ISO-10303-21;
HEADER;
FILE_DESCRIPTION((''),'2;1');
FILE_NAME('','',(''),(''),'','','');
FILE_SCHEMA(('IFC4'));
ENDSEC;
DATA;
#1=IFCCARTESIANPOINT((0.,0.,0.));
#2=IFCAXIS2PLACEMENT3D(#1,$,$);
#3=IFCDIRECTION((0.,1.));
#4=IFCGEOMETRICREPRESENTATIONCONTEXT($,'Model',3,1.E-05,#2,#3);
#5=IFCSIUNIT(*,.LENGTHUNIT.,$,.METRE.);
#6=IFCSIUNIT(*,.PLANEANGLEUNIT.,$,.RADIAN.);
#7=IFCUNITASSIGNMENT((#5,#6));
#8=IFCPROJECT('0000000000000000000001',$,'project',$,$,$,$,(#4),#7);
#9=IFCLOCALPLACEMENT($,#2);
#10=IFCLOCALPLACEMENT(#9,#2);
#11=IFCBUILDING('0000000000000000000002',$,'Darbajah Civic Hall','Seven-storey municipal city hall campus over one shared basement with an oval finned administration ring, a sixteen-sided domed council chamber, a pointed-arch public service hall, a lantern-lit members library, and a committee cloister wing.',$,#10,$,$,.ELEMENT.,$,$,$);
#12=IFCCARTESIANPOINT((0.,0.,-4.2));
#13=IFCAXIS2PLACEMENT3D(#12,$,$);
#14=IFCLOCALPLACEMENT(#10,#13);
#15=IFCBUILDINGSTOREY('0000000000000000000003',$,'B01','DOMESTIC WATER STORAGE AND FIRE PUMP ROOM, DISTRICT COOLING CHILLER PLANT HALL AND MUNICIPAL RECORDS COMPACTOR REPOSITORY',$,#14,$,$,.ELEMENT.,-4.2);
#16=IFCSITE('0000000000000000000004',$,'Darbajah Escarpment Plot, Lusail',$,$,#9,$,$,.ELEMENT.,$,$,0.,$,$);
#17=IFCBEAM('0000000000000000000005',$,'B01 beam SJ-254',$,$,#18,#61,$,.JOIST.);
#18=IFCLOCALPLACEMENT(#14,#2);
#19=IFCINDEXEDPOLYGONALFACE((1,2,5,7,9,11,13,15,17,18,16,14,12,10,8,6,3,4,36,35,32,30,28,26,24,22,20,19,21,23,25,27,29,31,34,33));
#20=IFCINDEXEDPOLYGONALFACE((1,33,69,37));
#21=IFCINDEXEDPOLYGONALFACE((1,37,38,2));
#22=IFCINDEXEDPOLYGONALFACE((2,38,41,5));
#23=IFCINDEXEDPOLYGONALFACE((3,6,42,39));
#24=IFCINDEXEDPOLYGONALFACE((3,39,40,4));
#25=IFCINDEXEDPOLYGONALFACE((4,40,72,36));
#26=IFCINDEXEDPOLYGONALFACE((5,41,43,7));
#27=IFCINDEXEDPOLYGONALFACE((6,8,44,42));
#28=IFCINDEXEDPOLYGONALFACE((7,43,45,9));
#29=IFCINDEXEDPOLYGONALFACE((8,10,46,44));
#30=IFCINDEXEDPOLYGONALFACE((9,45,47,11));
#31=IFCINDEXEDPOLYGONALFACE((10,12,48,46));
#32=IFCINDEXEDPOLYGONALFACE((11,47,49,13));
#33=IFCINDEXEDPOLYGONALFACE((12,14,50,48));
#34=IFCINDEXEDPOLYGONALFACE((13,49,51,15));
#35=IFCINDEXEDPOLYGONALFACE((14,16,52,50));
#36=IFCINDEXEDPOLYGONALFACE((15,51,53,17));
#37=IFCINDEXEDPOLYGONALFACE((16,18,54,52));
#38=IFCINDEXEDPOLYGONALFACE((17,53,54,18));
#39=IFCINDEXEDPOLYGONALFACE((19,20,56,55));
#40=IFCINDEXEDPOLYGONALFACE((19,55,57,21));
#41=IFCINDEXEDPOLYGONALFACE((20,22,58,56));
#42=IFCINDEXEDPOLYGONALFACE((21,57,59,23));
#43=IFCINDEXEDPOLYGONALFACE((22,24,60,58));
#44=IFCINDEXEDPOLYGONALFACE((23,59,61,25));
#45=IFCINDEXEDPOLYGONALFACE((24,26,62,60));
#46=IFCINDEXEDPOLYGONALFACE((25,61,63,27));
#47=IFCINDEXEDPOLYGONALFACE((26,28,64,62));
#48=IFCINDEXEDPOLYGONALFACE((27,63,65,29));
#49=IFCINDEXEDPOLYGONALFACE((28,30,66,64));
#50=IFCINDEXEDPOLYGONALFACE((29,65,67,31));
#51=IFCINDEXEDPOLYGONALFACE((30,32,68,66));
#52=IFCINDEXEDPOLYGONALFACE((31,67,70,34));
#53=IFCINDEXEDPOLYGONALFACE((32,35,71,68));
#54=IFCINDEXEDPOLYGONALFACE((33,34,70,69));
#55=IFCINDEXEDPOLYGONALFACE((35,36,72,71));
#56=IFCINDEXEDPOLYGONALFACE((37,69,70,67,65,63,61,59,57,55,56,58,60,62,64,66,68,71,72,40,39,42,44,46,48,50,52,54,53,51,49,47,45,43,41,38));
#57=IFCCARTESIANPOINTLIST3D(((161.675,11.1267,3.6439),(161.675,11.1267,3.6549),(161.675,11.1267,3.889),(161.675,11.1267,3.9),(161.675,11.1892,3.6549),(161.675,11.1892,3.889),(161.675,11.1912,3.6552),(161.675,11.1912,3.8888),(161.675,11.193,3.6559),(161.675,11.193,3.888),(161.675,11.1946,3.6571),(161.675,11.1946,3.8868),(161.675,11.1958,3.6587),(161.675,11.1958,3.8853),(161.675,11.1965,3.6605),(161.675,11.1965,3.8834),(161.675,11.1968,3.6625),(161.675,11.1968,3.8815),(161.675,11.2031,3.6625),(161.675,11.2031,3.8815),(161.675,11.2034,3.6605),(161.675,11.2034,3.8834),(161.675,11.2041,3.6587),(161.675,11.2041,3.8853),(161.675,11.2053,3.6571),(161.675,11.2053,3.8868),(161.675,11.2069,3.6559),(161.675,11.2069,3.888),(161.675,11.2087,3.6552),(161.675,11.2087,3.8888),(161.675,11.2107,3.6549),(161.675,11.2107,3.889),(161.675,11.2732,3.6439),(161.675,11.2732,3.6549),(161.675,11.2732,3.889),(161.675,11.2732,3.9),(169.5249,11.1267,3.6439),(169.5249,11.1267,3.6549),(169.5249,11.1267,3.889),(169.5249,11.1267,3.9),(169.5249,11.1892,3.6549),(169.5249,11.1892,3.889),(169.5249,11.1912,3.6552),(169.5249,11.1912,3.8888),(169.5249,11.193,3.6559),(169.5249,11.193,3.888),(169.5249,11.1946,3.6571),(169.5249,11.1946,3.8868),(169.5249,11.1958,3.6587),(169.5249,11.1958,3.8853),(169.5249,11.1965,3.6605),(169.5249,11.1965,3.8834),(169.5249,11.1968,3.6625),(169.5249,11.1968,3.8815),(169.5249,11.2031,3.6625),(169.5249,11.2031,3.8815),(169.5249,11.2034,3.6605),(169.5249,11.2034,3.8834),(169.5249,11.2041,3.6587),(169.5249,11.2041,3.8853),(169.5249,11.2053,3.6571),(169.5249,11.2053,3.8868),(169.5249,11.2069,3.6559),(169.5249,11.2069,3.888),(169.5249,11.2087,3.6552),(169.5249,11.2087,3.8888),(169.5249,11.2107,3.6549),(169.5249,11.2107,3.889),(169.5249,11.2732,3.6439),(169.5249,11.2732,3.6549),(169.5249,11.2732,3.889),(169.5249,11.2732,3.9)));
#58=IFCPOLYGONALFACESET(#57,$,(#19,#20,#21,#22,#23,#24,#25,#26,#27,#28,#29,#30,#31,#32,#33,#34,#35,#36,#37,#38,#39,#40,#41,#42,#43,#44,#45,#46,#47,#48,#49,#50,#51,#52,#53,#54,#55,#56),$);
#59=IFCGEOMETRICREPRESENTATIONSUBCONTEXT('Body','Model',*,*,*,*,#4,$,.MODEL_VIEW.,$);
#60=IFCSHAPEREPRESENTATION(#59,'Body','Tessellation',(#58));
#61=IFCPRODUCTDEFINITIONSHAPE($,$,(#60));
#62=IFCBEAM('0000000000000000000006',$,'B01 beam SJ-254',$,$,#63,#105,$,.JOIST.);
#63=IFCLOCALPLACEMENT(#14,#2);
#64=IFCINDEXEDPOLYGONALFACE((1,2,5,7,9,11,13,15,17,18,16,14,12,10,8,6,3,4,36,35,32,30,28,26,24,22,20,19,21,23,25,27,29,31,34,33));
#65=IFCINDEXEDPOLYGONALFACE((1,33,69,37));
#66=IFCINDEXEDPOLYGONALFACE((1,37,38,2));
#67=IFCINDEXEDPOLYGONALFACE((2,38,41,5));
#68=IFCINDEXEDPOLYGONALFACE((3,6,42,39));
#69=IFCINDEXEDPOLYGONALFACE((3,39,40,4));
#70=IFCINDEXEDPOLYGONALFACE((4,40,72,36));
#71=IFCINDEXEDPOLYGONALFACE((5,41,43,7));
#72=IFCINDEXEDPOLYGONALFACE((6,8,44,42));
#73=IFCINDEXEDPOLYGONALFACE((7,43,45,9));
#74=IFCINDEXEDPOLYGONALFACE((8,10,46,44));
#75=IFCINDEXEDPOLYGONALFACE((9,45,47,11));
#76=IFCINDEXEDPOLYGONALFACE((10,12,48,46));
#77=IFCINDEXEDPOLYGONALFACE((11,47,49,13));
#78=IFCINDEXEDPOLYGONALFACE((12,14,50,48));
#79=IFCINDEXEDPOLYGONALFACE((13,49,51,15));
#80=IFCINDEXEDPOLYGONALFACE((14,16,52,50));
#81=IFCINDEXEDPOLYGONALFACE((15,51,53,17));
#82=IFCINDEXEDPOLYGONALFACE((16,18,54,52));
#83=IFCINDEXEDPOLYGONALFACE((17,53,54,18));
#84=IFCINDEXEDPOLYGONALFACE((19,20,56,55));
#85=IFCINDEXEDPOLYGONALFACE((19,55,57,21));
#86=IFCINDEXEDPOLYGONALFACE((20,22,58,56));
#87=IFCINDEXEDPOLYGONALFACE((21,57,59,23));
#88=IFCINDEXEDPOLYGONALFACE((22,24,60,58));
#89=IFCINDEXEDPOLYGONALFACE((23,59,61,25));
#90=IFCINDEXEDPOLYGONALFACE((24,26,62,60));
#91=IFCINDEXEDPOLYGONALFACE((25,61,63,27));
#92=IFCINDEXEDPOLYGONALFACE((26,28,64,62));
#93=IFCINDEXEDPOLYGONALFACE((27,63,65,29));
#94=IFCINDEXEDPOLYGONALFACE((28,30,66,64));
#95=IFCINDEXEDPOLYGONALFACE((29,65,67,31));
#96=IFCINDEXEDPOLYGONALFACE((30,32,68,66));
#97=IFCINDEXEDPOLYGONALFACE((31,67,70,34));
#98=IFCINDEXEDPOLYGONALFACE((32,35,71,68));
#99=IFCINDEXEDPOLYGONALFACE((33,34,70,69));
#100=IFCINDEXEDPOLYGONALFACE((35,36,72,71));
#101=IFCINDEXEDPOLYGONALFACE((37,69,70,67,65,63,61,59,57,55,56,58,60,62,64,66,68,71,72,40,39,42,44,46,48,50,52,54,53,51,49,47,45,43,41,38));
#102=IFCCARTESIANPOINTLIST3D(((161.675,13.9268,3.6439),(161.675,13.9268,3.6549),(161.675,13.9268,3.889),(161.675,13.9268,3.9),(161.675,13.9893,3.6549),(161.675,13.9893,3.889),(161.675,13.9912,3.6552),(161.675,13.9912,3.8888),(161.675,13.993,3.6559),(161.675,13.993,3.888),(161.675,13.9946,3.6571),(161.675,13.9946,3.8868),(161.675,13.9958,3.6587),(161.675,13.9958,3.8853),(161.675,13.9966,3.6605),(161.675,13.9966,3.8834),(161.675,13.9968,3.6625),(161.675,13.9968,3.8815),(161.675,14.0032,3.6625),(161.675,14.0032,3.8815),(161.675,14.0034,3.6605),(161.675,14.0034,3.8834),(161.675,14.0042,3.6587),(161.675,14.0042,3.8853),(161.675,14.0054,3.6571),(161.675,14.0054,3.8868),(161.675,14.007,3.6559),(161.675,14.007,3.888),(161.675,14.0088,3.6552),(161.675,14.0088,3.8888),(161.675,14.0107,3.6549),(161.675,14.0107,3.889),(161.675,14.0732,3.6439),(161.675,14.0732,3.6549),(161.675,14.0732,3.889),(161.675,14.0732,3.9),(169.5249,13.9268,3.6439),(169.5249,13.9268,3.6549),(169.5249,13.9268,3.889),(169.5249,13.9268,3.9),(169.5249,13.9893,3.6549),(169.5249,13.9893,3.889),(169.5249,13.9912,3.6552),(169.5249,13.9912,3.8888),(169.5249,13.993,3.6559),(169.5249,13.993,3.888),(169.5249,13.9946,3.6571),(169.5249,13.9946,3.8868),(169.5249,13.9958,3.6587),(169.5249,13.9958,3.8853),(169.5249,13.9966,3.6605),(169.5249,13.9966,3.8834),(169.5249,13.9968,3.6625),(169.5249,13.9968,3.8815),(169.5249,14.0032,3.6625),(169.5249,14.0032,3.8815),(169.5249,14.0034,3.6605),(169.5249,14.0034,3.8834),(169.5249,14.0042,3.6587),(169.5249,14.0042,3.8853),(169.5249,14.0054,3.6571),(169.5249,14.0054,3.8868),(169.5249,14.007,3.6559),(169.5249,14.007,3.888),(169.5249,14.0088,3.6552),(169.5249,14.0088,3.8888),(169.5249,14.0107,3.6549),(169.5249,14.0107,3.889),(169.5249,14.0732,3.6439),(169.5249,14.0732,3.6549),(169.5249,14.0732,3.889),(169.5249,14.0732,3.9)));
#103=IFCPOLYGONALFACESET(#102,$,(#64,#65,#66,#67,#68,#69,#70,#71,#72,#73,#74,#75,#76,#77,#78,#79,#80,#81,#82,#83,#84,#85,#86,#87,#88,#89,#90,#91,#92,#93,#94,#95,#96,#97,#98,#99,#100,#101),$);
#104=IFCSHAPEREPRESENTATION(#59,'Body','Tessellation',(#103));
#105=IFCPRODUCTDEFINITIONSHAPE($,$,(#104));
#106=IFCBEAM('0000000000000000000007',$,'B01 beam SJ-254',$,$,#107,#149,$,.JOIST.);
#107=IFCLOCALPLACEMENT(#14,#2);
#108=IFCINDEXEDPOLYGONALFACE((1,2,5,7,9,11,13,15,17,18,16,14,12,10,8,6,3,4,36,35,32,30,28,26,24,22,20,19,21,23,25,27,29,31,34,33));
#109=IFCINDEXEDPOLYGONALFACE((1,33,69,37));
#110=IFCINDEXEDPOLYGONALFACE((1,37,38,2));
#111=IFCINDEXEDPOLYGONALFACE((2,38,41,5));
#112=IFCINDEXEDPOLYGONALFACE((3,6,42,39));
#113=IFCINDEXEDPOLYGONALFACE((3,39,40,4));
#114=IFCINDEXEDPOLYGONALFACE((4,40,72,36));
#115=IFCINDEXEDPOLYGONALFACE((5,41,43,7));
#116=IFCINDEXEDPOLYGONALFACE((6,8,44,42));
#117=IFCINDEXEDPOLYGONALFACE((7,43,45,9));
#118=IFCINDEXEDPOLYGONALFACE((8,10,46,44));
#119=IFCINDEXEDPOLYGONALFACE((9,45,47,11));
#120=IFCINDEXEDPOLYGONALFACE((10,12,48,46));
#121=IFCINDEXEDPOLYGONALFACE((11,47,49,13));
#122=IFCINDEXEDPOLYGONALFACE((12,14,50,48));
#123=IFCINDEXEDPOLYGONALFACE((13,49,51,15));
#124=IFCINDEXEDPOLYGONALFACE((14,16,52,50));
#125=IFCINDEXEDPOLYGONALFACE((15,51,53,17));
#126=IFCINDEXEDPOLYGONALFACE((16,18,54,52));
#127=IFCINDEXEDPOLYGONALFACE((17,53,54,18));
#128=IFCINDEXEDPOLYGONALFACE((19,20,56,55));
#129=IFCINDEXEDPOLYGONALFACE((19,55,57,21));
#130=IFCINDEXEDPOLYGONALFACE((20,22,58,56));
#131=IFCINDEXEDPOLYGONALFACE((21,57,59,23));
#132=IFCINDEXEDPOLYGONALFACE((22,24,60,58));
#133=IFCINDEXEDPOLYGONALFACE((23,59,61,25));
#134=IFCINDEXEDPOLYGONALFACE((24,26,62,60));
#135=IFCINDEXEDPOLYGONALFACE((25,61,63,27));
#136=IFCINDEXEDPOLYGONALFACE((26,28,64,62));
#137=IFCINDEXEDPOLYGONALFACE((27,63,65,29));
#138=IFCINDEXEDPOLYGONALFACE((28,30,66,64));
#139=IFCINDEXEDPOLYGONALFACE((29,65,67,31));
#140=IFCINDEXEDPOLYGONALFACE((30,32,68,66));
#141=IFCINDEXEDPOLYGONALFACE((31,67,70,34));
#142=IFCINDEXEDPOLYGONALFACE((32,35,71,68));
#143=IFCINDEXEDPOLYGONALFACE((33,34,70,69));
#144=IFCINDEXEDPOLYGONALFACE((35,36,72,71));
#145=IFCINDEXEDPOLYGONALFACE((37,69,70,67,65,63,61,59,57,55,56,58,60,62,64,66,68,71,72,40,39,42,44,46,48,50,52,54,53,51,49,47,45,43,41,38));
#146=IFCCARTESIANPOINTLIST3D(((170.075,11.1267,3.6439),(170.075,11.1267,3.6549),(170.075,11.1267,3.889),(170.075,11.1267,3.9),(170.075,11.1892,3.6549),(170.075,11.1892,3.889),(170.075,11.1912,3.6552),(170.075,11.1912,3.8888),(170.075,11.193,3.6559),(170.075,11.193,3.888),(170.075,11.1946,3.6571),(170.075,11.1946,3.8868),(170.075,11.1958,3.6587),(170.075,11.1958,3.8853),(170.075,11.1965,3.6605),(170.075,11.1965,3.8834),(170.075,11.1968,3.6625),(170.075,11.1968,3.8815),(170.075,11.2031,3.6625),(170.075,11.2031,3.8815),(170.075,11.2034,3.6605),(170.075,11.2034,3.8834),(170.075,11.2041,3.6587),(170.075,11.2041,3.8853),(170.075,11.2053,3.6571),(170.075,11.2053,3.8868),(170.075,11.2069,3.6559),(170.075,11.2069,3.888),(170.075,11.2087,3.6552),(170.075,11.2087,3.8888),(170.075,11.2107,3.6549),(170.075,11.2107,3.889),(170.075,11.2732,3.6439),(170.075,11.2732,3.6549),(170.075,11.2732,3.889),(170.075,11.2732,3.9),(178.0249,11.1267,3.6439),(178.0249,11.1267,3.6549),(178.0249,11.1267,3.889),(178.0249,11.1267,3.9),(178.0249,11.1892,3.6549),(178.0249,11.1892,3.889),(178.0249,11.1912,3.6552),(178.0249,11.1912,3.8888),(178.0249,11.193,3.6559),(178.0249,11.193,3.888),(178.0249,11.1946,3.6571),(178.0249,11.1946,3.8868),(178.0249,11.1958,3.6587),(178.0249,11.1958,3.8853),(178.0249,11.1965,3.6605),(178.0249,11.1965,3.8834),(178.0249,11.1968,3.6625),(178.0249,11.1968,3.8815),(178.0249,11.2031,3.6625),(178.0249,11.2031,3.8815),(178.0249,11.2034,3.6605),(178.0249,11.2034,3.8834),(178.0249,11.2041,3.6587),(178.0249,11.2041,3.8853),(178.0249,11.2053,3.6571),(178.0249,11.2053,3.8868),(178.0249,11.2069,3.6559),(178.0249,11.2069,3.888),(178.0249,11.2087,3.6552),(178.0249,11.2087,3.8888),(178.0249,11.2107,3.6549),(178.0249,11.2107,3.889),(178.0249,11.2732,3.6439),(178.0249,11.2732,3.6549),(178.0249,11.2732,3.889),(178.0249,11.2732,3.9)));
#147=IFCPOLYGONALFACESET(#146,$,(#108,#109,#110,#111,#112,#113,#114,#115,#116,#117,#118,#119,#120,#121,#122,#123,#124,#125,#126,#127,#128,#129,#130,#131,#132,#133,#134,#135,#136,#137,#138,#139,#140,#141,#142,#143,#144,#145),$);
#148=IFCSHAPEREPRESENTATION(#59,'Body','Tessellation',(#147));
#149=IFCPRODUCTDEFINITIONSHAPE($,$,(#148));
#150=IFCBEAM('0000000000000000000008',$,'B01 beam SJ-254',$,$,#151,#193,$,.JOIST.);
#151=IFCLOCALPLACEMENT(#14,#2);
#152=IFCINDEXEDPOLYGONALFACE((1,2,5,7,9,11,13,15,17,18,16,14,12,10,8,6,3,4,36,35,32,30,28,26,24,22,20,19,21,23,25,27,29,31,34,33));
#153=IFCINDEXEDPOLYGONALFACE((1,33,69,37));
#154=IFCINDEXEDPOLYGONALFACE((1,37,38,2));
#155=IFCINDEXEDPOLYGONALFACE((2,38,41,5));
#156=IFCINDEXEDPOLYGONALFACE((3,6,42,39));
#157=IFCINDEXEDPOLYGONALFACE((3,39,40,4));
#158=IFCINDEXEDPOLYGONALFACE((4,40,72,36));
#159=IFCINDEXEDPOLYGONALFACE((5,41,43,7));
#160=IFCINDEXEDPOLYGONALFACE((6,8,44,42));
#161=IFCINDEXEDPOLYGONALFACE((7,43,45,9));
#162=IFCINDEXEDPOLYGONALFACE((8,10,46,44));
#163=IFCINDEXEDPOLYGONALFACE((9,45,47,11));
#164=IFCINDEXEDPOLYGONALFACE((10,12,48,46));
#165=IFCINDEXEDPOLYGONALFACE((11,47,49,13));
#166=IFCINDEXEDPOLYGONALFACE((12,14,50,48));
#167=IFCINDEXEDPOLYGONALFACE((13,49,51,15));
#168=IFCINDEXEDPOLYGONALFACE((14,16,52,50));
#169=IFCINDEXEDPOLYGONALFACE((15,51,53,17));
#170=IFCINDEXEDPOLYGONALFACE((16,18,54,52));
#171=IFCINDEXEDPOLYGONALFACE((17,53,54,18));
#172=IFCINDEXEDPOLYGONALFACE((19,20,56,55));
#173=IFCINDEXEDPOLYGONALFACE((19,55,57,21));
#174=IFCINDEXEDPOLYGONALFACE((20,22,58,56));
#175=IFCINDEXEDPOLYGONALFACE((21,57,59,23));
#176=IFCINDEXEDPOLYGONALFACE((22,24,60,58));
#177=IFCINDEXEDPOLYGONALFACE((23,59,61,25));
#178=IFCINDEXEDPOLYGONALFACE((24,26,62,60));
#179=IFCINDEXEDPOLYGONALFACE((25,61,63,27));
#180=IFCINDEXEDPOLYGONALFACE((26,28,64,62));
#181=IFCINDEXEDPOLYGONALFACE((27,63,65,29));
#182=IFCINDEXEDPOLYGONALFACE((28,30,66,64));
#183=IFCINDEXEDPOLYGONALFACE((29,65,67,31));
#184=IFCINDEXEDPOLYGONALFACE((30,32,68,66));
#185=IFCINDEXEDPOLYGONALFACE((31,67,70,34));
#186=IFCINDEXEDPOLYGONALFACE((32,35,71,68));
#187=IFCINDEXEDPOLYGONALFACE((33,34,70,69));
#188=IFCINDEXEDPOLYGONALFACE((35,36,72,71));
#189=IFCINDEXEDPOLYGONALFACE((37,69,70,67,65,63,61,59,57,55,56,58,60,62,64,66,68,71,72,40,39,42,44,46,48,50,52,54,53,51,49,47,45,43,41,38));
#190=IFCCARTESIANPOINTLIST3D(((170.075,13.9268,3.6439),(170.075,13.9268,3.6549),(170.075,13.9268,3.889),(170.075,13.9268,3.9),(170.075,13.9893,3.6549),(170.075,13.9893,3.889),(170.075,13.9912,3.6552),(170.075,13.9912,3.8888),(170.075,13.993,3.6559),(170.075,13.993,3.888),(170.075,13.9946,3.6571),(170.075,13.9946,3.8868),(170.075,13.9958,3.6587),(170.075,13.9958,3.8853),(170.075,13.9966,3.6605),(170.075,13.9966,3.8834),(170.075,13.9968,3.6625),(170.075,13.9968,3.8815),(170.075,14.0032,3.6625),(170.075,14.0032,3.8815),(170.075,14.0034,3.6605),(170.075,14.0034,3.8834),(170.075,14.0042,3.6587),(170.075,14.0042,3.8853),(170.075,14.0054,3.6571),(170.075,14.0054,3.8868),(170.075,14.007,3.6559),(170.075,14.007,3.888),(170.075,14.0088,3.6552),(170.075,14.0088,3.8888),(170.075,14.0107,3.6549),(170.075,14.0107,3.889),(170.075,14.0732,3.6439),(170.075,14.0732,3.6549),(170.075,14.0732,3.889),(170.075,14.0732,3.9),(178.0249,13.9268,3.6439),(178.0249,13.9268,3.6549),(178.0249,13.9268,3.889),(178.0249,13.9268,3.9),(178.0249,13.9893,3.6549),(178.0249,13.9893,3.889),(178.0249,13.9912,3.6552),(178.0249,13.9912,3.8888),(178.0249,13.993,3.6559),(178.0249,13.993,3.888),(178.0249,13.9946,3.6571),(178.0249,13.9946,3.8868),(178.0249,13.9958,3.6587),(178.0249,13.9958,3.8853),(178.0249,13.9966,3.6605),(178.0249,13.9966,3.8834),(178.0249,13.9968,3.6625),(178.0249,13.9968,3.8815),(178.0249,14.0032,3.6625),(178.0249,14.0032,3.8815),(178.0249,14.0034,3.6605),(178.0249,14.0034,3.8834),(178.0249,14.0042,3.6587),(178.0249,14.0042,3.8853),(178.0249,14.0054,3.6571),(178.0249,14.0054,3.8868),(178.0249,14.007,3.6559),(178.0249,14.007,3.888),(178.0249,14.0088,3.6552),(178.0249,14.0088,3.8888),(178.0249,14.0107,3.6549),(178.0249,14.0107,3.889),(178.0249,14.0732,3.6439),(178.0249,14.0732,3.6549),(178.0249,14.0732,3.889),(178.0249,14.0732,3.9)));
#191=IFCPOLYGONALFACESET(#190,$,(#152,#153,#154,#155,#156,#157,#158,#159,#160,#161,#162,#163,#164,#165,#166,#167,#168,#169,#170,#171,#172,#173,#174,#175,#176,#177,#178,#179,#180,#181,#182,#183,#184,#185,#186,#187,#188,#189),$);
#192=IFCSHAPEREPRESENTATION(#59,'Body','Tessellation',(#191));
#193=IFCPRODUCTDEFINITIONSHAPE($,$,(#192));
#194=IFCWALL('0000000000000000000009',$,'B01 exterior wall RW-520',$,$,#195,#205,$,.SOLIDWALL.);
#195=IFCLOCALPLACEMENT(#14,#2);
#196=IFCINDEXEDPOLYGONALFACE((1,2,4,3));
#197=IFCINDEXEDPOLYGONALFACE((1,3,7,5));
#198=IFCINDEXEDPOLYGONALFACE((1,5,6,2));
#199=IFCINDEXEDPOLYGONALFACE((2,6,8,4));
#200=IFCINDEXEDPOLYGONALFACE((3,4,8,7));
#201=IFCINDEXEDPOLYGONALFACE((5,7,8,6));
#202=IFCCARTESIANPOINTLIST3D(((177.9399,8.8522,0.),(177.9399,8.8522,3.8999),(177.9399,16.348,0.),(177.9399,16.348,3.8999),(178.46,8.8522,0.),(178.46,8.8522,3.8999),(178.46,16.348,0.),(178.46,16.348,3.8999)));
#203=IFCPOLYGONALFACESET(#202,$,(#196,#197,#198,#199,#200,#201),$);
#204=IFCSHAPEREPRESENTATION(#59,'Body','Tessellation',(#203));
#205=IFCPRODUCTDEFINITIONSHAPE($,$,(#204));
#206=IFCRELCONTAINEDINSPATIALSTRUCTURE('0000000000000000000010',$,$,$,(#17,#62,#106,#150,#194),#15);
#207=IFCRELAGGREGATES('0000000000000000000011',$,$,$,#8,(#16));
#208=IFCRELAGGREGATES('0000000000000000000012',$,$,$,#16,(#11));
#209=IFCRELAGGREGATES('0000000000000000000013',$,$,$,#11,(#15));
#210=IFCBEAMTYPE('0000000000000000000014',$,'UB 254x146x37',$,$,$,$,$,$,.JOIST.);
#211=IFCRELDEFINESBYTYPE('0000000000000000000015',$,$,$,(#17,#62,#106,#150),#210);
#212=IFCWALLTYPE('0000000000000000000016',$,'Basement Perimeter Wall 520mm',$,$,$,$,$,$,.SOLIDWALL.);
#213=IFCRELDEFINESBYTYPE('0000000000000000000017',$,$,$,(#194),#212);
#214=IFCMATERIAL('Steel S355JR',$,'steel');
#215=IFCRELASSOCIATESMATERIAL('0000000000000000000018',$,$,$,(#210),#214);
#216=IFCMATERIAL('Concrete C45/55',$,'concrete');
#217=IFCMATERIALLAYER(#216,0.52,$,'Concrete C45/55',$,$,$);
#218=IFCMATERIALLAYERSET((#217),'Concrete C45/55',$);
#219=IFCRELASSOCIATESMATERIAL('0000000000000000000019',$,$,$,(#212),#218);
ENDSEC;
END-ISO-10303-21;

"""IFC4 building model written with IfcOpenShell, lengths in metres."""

from ifc_helpers import new_model, si_unit, direction, frame, frame_2d, origin, origin_2d, place, context, subcontext, project, spatial, rectangle, i_section, extrude, material, layer, layer_set, material_profile, profile_set, type_object, element, save


model = new_model("IFC4")

# Units and contexts
model_context = context("Model", 3, precision=1e-05, world=origin(), true_north=direction((0.0, 1.0)))
body_context = subcontext(model_context, "Body", "Model", "MODEL_VIEW")
ifc_project = project(units=[si_unit("LENGTHUNIT", "METRE"), si_unit("PLANEANGLEUNIT", "RADIAN")], contexts=[model_context])

# Site, building, storey
site_placement = place(None, origin())
site = spatial("IfcSite", under=ifc_project, at=site_placement, Name="Darbajah Escarpment Plot, Lusail", CompositionType="ELEMENT", RefElevation=0.0)
building_placement = place(site_placement, origin())
building = spatial("IfcBuilding", under=site, at=building_placement, Name="Darbajah Civic Hall", Description="Seven-storey municipal city hall campus over one shared basement with an oval finned administration ring, a sixteen-sided domed council chamber, a pointed-arch public service hall, a lantern-lit members library, and a committee cloister wing.", CompositionType="ELEMENT")
storey_placement = place(building_placement, frame((0.0, 0.0, -4.2)))
storey = spatial("IfcBuildingStorey", under=building, at=storey_placement, Name="B01", Description="DOMESTIC WATER STORAGE AND FIRE PUMP ROOM, DISTRICT COOLING CHILLER PLANT HALL AND MUNICIPAL RECORDS COMPACTOR REPOSITORY", CompositionType="ELEMENT", Elevation=-4.2)

# Shared definitions
ifc_material_1 = material(Name="Concrete C45/55", Category="concrete")

# Beams
ifc_material_2 = material(Name="Steel S355JR", Category="steel")
ifc_material_profile_1 = material_profile(ifc_material_2, i_section(OverallWidth=0.1465, OverallDepth=0.2561, WebThickness=0.0063, FlangeThickness=0.011, FilletRadius=0.0076, at=origin_2d()), Name="UB 254x146x37")
ifc_profile_set_1 = profile_set([ifc_material_profile_1], Name="Steel S355JR")
beam_type_1 = type_object("IfcBeamType", Name="UB 254x146x37", PredefinedType="JOIST", material=ifc_profile_set_1)
for number, where, z_axis, x_axis, name in (
    (1, (161.675, 11.2, 3.772), (1.0, 0.0, 0.0), (0.0, 1.0, 0.0), "B01 beam SJ-254"),
    (2, (161.675, 14.0, 3.772), (1.0, 0.0, 0.0), (0.0, 1.0, 0.0), "B01 beam SJ-254"),
):
    element("IfcBeam", number, at=place(storey_placement, frame(where, z_axis=z_axis, x_axis=x_axis)), inside=storey, type_object=beam_type_1, Name=name, PredefinedType="JOIST", context=body_context, shape_type="SweptSolid", body=[
        extrude(i_section(OverallWidth=0.1465, OverallDepth=0.2561, WebThickness=0.0063, FlangeThickness=0.011, FilletRadius=0.0076, at=origin_2d()), origin(), (0.0, 0.0, 1.0), 7.8499),
    ])
for number, where, z_axis, x_axis, name in (
    (3, (170.075, 11.2, 3.772), (1.0, 0.0, 0.0), (0.0, 1.0, 0.0), "B01 beam SJ-254"),
    (4, (170.075, 14.0, 3.772), (1.0, 0.0, 0.0), (0.0, 1.0, 0.0), "B01 beam SJ-254"),
):
    element("IfcBeam", number, at=place(storey_placement, frame(where, z_axis=z_axis, x_axis=x_axis)), inside=storey, type_object=beam_type_1, Name=name, PredefinedType="JOIST", context=body_context, shape_type="SweptSolid", body=[
        extrude(i_section(OverallWidth=0.1465, OverallDepth=0.2561, WebThickness=0.0063, FlangeThickness=0.011, FilletRadius=0.0076, at=origin_2d()), origin(), (0.0, 0.0, 1.0), 7.95),
    ])

# Wall
ifc_layer_1 = layer(ifc_material_1, 0.52, Name="Concrete C45/55")
ifc_layer_set_1 = layer_set([ifc_layer_1], Name="Concrete C45/55")
wall_type_1 = type_object("IfcWallType", Name="Basement Perimeter Wall 520mm", PredefinedType="SOLIDWALL", material=ifc_layer_set_1)
wall_1_placement = place(storey_placement, frame((178.2, 8.8521, 0.0), z_axis=(0.0, 0.0, 1.0), x_axis=(0.0, 1.0, 0.0)))
element("IfcWall", 5, at=wall_1_placement, inside=storey, type_object=wall_type_1, Name="B01 exterior wall RW-520", PredefinedType="SOLIDWALL", context=body_context, shape_type="SweptSolid", body=[
    extrude(rectangle(XDim=7.4958, YDim=0.52, at=frame_2d((3.748, 0.0))), origin(), (0.0, 0.0, 1.0), 3.8999),
])

save(model, "model.ifc")
